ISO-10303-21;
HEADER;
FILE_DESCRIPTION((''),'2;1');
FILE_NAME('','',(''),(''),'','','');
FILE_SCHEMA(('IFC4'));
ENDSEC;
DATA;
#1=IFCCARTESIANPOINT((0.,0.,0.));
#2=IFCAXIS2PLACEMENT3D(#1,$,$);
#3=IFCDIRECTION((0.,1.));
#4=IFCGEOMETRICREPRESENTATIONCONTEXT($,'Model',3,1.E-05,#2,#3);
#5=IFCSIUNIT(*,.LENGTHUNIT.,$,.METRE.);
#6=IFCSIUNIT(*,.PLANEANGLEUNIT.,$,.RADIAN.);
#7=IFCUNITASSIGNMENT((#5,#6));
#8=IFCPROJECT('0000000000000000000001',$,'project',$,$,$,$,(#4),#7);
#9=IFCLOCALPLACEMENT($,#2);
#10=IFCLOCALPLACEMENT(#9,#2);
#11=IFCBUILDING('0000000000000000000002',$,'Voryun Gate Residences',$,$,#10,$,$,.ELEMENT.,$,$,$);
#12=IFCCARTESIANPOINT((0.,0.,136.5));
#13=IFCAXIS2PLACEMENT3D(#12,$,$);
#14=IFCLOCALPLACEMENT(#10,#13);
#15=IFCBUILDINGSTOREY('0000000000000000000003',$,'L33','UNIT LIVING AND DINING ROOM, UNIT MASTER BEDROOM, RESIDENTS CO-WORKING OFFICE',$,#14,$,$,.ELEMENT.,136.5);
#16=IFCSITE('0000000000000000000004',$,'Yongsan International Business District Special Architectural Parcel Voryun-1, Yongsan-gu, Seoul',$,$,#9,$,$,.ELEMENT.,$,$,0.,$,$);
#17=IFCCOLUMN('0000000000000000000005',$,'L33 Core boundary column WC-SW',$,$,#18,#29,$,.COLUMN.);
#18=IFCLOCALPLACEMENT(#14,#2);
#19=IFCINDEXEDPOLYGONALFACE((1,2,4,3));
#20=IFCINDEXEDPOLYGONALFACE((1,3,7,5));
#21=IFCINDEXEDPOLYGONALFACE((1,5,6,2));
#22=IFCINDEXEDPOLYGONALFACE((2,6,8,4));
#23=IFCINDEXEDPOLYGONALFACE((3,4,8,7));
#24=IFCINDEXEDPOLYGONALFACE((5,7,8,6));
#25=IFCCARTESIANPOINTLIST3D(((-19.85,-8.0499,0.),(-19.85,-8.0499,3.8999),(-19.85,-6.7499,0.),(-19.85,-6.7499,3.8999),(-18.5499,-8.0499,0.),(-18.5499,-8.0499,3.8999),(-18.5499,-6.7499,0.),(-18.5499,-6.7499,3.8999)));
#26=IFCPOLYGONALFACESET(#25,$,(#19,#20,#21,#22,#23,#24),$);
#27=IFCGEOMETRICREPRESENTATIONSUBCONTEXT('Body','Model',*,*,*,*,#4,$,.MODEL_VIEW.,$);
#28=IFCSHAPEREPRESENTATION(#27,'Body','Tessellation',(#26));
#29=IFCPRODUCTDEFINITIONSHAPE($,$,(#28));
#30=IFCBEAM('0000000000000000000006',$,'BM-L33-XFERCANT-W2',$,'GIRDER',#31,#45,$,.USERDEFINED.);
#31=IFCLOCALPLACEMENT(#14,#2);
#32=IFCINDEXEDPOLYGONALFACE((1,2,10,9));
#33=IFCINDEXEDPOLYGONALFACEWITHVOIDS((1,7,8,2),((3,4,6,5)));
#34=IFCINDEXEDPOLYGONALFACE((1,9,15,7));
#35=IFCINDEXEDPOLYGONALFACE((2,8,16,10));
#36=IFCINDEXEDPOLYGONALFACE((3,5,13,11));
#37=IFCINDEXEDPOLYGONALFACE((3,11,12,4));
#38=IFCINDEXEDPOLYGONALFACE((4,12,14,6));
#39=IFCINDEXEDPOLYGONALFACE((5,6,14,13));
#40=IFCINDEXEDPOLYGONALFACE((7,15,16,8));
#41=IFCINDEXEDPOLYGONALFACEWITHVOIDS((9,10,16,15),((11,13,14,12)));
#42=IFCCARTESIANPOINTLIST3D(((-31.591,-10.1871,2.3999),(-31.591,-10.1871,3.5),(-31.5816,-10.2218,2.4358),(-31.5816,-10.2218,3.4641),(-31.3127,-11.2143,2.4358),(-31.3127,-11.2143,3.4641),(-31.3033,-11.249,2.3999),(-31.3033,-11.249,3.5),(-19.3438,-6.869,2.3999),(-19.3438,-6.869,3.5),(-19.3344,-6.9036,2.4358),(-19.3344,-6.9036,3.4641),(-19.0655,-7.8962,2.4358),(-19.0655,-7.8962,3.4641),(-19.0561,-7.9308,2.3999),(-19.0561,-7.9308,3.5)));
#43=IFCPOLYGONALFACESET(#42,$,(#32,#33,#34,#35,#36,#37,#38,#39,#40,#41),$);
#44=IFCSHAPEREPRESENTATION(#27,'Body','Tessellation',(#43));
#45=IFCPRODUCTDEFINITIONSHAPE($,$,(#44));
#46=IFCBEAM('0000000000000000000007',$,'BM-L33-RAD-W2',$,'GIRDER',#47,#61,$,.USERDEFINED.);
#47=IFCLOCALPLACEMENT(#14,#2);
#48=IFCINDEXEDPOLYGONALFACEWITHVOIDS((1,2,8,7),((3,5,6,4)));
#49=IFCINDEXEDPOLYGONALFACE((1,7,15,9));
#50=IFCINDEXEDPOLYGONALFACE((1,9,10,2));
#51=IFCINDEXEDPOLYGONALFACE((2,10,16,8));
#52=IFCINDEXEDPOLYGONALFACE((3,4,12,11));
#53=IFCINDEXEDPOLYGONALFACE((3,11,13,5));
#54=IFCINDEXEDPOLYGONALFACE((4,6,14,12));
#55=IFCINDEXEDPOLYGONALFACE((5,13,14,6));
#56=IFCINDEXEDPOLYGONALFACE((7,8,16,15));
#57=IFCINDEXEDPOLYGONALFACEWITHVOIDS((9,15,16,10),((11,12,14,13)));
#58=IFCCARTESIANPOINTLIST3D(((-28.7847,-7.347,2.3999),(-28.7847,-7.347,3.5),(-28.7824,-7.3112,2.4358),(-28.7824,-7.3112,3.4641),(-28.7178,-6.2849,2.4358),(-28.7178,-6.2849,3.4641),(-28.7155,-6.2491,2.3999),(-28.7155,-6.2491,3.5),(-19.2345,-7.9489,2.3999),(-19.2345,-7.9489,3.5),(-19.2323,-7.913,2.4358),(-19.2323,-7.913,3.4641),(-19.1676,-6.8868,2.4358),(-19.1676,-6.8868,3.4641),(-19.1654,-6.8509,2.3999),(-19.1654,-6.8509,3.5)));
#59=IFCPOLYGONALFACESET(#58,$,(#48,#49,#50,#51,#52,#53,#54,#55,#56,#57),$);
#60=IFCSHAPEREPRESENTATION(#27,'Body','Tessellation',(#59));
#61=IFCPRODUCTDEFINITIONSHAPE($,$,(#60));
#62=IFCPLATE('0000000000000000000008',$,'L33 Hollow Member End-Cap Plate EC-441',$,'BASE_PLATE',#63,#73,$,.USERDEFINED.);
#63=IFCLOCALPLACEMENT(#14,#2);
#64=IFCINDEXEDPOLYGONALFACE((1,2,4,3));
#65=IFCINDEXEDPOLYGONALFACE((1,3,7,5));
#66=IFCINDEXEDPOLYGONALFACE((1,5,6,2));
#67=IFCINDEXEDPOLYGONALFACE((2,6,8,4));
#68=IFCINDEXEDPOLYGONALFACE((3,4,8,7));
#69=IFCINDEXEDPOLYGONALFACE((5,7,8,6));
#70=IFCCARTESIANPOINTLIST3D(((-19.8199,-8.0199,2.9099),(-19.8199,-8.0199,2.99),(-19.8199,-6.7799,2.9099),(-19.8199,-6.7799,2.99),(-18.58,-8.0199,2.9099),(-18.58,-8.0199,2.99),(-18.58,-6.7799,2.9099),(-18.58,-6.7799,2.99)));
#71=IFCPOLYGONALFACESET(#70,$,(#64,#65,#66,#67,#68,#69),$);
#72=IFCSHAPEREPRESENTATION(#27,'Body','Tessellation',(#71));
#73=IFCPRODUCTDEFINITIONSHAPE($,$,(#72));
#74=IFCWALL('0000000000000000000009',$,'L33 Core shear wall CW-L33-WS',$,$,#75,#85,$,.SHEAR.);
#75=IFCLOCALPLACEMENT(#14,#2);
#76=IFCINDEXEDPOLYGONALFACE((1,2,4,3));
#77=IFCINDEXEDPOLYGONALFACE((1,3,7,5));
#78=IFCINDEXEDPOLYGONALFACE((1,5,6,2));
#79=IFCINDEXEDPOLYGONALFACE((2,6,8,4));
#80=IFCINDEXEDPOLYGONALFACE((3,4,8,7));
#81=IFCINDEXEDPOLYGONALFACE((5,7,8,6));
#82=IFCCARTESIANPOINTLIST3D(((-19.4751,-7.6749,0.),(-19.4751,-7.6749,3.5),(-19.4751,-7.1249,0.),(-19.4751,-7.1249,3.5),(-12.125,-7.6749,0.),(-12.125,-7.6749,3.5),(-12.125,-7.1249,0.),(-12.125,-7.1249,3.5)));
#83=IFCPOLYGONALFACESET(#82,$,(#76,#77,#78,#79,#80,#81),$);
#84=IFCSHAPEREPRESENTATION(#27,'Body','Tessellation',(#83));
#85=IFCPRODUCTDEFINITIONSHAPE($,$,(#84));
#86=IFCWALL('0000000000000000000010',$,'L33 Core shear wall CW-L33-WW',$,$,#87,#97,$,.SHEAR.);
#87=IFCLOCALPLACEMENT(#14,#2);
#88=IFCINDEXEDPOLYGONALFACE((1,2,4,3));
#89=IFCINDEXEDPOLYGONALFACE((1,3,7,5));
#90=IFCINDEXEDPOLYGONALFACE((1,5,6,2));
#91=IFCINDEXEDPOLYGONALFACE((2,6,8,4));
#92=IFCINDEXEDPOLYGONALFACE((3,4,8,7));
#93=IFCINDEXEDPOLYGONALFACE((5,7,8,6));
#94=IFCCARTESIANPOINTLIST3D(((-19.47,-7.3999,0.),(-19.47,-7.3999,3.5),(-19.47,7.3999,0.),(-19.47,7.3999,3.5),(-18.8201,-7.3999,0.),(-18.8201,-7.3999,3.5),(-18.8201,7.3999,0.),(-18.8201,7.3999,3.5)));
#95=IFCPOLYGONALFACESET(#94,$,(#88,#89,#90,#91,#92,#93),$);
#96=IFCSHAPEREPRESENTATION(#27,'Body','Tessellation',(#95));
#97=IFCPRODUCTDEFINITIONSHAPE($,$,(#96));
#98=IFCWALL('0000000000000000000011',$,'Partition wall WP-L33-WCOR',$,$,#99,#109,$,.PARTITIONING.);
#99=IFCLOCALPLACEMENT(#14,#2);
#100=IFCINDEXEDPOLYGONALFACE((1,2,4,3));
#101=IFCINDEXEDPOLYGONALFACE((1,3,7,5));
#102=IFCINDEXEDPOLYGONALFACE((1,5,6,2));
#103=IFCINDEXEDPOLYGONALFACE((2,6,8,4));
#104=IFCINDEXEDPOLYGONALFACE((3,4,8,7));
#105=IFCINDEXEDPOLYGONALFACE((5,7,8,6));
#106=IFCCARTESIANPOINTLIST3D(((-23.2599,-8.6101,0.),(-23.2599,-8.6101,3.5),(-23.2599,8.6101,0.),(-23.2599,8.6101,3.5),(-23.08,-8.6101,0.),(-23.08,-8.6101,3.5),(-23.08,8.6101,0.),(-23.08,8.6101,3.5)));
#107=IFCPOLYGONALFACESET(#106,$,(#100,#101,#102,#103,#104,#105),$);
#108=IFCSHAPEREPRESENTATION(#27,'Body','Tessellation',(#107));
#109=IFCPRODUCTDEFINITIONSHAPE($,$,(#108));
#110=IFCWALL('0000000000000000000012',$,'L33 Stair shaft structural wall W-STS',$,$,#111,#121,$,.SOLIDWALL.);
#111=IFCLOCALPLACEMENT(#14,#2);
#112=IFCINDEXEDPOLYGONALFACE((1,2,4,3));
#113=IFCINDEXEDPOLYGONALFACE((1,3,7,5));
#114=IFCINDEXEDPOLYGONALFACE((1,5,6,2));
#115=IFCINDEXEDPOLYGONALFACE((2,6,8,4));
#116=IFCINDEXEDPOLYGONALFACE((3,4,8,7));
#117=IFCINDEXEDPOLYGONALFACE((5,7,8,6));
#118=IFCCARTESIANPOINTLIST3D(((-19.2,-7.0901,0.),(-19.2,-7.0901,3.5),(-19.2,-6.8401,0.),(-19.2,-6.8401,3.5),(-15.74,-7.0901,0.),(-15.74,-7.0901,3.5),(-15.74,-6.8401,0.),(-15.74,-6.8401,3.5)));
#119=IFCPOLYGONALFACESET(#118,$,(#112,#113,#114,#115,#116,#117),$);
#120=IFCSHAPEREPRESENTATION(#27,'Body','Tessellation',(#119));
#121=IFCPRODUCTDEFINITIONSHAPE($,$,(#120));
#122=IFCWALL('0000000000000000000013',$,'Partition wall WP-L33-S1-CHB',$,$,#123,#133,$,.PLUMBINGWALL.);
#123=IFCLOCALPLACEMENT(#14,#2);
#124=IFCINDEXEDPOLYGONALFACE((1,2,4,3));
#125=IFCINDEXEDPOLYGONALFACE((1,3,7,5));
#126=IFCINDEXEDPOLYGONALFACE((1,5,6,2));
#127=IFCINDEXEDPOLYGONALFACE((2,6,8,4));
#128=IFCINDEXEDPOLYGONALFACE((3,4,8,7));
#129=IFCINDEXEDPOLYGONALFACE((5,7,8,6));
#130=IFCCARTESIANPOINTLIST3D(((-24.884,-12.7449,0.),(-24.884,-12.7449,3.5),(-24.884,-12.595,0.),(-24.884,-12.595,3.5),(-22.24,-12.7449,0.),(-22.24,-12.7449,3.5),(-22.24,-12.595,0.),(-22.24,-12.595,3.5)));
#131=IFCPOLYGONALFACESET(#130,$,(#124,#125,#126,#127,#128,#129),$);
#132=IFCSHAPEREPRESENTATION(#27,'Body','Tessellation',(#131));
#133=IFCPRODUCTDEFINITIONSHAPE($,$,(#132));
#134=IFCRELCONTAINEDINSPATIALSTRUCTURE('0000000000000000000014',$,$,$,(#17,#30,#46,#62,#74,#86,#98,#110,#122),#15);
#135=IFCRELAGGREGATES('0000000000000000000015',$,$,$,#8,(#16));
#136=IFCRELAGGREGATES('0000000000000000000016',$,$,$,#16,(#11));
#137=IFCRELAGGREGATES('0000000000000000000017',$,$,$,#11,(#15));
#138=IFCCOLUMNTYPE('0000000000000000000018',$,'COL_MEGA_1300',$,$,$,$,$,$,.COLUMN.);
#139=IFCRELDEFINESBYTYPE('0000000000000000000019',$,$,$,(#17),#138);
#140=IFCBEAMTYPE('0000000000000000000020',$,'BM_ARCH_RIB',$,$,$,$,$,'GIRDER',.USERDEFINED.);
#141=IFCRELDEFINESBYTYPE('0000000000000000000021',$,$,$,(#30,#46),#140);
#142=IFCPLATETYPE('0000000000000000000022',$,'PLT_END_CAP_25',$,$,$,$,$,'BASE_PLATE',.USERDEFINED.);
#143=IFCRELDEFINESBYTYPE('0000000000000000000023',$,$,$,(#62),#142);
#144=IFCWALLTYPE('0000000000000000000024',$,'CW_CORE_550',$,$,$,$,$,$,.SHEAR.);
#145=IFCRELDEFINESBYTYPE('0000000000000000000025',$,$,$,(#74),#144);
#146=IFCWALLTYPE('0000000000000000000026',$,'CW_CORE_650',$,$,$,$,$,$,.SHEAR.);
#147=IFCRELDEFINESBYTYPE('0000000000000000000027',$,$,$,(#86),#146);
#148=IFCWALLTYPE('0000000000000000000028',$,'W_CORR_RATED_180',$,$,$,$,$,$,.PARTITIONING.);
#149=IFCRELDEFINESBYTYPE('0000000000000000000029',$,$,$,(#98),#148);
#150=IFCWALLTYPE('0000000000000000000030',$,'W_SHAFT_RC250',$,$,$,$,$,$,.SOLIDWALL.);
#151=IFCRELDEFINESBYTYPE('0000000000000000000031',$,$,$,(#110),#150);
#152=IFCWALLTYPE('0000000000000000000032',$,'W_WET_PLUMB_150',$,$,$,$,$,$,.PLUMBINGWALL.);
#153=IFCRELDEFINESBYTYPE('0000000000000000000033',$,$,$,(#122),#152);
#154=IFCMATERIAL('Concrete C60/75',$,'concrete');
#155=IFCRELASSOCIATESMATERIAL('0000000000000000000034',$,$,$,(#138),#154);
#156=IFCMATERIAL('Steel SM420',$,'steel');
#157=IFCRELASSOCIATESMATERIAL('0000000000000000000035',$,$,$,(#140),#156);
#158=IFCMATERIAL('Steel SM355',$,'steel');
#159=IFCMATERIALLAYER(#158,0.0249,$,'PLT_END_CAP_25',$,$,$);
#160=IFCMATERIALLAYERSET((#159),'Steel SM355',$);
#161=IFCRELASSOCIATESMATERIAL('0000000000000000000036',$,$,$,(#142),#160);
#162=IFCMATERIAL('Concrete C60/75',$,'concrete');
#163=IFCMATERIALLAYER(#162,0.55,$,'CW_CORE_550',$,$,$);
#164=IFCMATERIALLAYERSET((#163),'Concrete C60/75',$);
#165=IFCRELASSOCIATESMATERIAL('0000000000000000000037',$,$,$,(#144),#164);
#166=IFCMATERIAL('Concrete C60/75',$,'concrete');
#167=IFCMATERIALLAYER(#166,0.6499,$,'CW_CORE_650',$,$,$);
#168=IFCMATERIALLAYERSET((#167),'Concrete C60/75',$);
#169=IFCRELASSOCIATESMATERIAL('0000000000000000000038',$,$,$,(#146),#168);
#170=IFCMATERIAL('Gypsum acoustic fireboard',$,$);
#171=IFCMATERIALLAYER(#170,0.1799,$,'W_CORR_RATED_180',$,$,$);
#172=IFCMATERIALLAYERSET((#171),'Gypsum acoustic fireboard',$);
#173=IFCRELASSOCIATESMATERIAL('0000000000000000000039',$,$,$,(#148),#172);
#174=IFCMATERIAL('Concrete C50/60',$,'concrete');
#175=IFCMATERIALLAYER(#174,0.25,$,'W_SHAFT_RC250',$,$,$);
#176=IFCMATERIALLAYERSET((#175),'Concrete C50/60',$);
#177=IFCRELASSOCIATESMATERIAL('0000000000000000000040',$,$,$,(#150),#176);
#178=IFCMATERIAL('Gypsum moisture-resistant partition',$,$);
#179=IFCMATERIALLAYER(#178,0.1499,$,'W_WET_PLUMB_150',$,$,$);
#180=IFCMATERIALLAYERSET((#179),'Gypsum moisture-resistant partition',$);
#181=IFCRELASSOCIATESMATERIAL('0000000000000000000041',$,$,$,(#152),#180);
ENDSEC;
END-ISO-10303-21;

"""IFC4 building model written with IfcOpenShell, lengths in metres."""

from ifc_helpers import new_model, si_unit, direction, frame, frame_2d, origin, origin_2d, place, context, subcontext, project, spatial, rectangle, hollow_rectangle, extrude, material, layer, layer_set, material_profile, profile_set, type_object, element, save


model = new_model("IFC4")

# Units and contexts
model_context = context("Model", 3, precision=1e-05, world=origin(), true_north=direction((0.0, 1.0)))
body_context = subcontext(model_context, "Body", "Model", "MODEL_VIEW")
ifc_project = project(units=[si_unit("LENGTHUNIT", "METRE"), si_unit("PLANEANGLEUNIT", "RADIAN")], contexts=[model_context])

# Site, building, storey
site_placement = place(None, origin())
site = spatial("IfcSite", under=ifc_project, at=site_placement, Name="Yongsan International Business District Special Architectural Parcel Voryun-1, Yongsan-gu, Seoul", CompositionType="ELEMENT", RefElevation=0.0)
building_placement = place(site_placement, origin())
building = spatial("IfcBuilding", under=site, at=building_placement, Name="Voryun Gate Residences", CompositionType="ELEMENT")
storey_placement = place(building_placement, frame((0.0, 0.0, 136.5)))
storey = spatial("IfcBuildingStorey", under=building, at=storey_placement, Name="L33", Description="UNIT LIVING AND DINING ROOM, UNIT MASTER BEDROOM, RESIDENTS CO-WORKING OFFICE", CompositionType="ELEMENT", Elevation=136.5)

# Column
ifc_material_1 = material(Name="Concrete C60/75", Category="concrete")
ifc_material_profile_1 = material_profile(ifc_material_1, rectangle(XDim=1.3, YDim=1.3, at=origin_2d()), Name="RC-1300x1300")
ifc_profile_set_1 = profile_set([ifc_material_profile_1], Name="Concrete C60/75")
column_type = type_object("IfcColumnType", Name="COL_MEGA_1300", PredefinedType="COLUMN", material=ifc_profile_set_1)
column_placement = place(storey_placement, frame((-19.2, -7.3999, 0.0), z_axis=(0.0, 0.0, 1.0), x_axis=(1.0, 0.0, 0.0)))
element("IfcColumn", 1, at=column_placement, inside=storey, type_object=column_type, Name="L33 Core boundary column WC-SW", PredefinedType="COLUMN", context=body_context, shape_type="SweptSolid", body=[
    extrude(rectangle(XDim=1.3, YDim=1.3, at=origin_2d()), origin(), (0.0, 0.0, 1.0), 3.8999),
])

# Beams
ifc_material_2 = material(Name="Steel SM420", Category="steel")
ifc_material_profile_2 = material_profile(ifc_material_2, hollow_rectangle(XDim=1.1001, YDim=1.1001, WallThickness=0.0359, at=origin_2d()), Name="BOX-1100x1100x36")
ifc_profile_set_2 = profile_set([ifc_material_profile_2], Name="Steel SM420")
beam_type = type_object("IfcBeamType", Name="BM_ARCH_RIB", ElementType="GIRDER", PredefinedType="USERDEFINED", material=ifc_profile_set_2)
beam_1_placement = place(storey_placement, frame((-19.2, -7.3999, 2.95), z_axis=(-0.965202, -0.261504, 0.0), x_axis=(0.261504, -0.965202, 0.0)))
element("IfcBeam", 2, at=beam_1_placement, inside=storey, type_object=beam_type, Name="BM-L33-XFERCANT-W2", ObjectType="GIRDER", PredefinedType="USERDEFINED", context=body_context, shape_type="SweptSolid", body=[
    extrude(hollow_rectangle(XDim=1.1001, YDim=1.1001, WallThickness=0.0359, at=origin_2d()), origin(), (0.0, 0.0, 1.0), 12.6887),
])
beam_2_placement = place(storey_placement, frame((-19.2, -7.3999, 2.95), z_axis=(-0.99802, 0.062891, 0.0), x_axis=(-0.062891, -0.99802, 0.0)))
element("IfcBeam", 3, at=beam_2_placement, inside=storey, type_object=beam_type, Name="BM-L33-RAD-W2", ObjectType="GIRDER", PredefinedType="USERDEFINED", context=body_context, shape_type="SweptSolid", body=[
    extrude(hollow_rectangle(XDim=1.1001, YDim=1.1001, WallThickness=0.0359, at=origin_2d()), origin(), (0.0, 0.0, 1.0), 9.5691),
])

# Plate
ifc_material_3 = material(Name="Steel SM355", Category="steel")
ifc_layer_1 = layer(ifc_material_3, 0.0249, Name="PLT_END_CAP_25")
ifc_layer_set_1 = layer_set([ifc_layer_1], Name="Steel SM355")
plate_type = type_object("IfcPlateType", Name="PLT_END_CAP_25", ElementType="BASE_PLATE", PredefinedType="USERDEFINED", material=ifc_layer_set_1)
plate_placement = place(storey_placement, frame((-19.2, -7.3999, 2.9099), z_axis=(0.0, 0.0, 1.0), x_axis=(1.0, 0.0, 0.0)))
element("IfcPlate", 4, at=plate_placement, inside=storey, type_object=plate_type, Name="L33 Hollow Member End-Cap Plate EC-441", ObjectType="BASE_PLATE", PredefinedType="USERDEFINED", context=body_context, shape_type="SweptSolid", body=[
    extrude(rectangle(XDim=1.24, YDim=1.24, at=origin_2d()), origin(), (0.0, 0.0, 1.0), 0.0801),
])

# Walls
ifc_material_4 = material(Name="Concrete C60/75", Category="concrete")
ifc_layer_2 = layer(ifc_material_4, 0.55, Name="CW_CORE_550")
ifc_layer_set_2 = layer_set([ifc_layer_2], Name="Concrete C60/75")
wall_type_1 = type_object("IfcWallType", Name="CW_CORE_550", PredefinedType="SHEAR", material=ifc_layer_set_2)
wall_1_placement = place(storey_placement, frame((-19.4751, -7.3999, 0.0), z_axis=(0.0, 0.0, 1.0), x_axis=(1.0, 0.0, 0.0)))
element("IfcWall", 5, at=wall_1_placement, inside=storey, type_object=wall_type_1, Name="L33 Core shear wall CW-L33-WS", PredefinedType="SHEAR", context=body_context, shape_type="SweptSolid", body=[
    extrude(rectangle(XDim=7.3501, YDim=0.55, at=frame_2d((3.675, 0.0))), origin(), (0.0, 0.0, 1.0), 3.5),
])
ifc_material_5 = material(Name="Concrete C60/75", Category="concrete")
ifc_layer_3 = layer(ifc_material_5, 0.6499, Name="CW_CORE_650")
ifc_layer_set_3 = layer_set([ifc_layer_3], Name="Concrete C60/75")
wall_type_2 = type_object("IfcWallType", Name="CW_CORE_650", PredefinedType="SHEAR", material=ifc_layer_set_3)
wall_2_placement = place(storey_placement, frame((-19.145, -7.3999, 0.0), z_axis=(0.0, 0.0, 1.0), x_axis=(0.0, 1.0, 0.0)))
element("IfcWall", 6, at=wall_2_placement, inside=storey, type_object=wall_type_2, Name="L33 Core shear wall CW-L33-WW", PredefinedType="SHEAR", context=body_context, shape_type="SweptSolid", body=[
    extrude(rectangle(XDim=14.7998, YDim=0.6499, at=frame_2d((7.3999, 0.0))), origin(), (0.0, 0.0, 1.0), 3.5),
])
ifc_material_6 = material(Name="Gypsum acoustic fireboard")
ifc_layer_4 = layer(ifc_material_6, 0.1799, Name="W_CORR_RATED_180")
ifc_layer_set_4 = layer_set([ifc_layer_4], Name="Gypsum acoustic fireboard")
wall_type_3 = type_object("IfcWallType", Name="W_CORR_RATED_180", PredefinedType="PARTITIONING", material=ifc_layer_set_4)
wall_3_placement = place(storey_placement, frame((-23.1699, -8.6101, 0.0), z_axis=(0.0, 0.0, 1.0), x_axis=(0.0, 1.0, 0.0)))
element("IfcWall", 7, at=wall_3_placement, inside=storey, type_object=wall_type_3, Name="Partition wall WP-L33-WCOR", PredefinedType="PARTITIONING", context=body_context, shape_type="SweptSolid", body=[
    extrude(rectangle(XDim=17.2202, YDim=0.1799, at=frame_2d((8.6101, 0.0))), origin(), (0.0, 0.0, 1.0), 3.5),
])
ifc_material_7 = material(Name="Concrete C50/60", Category="concrete")
ifc_layer_5 = layer(ifc_material_7, 0.25, Name="W_SHAFT_RC250")
ifc_layer_set_5 = layer_set([ifc_layer_5], Name="Concrete C50/60")
wall_type_4 = type_object("IfcWallType", Name="W_SHAFT_RC250", PredefinedType="SOLIDWALL", material=ifc_layer_set_5)
wall_4_placement = place(storey_placement, frame((-19.2, -6.9651, 0.0), z_axis=(0.0, 0.0, 1.0), x_axis=(1.0, 0.0, 0.0)))
element("IfcWall", 8, at=wall_4_placement, inside=storey, type_object=wall_type_4, Name="L33 Stair shaft structural wall W-STS", PredefinedType="SOLIDWALL", context=body_context, shape_type="SweptSolid", body=[
    extrude(rectangle(XDim=3.46, YDim=0.25, at=frame_2d((1.73, 0.0))), origin(), (0.0, 0.0, 1.0), 3.5),
])
ifc_material_8 = material(Name="Gypsum moisture-resistant partition")
ifc_layer_6 = layer(ifc_material_8, 0.1499, Name="W_WET_PLUMB_150")
ifc_layer_set_6 = layer_set([ifc_layer_6], Name="Gypsum moisture-resistant partition")
wall_type_5 = type_object("IfcWallType", Name="W_WET_PLUMB_150", PredefinedType="PLUMBINGWALL", material=ifc_layer_set_6)
wall_5_placement = place(storey_placement, frame((-24.884, -12.6699, 0.0), z_axis=(0.0, 0.0, 1.0), x_axis=(1.0, 0.0, 0.0)))
element("IfcWall", 9, at=wall_5_placement, inside=storey, type_object=wall_type_5, Name="Partition wall WP-L33-S1-CHB", PredefinedType="PLUMBINGWALL", context=body_context, shape_type="SweptSolid", body=[
    extrude(rectangle(XDim=2.644, YDim=0.1499, at=frame_2d((1.322, 0.0))), origin(), (0.0, 0.0, 1.0), 3.5),
])

save(model, "model.ifc")
